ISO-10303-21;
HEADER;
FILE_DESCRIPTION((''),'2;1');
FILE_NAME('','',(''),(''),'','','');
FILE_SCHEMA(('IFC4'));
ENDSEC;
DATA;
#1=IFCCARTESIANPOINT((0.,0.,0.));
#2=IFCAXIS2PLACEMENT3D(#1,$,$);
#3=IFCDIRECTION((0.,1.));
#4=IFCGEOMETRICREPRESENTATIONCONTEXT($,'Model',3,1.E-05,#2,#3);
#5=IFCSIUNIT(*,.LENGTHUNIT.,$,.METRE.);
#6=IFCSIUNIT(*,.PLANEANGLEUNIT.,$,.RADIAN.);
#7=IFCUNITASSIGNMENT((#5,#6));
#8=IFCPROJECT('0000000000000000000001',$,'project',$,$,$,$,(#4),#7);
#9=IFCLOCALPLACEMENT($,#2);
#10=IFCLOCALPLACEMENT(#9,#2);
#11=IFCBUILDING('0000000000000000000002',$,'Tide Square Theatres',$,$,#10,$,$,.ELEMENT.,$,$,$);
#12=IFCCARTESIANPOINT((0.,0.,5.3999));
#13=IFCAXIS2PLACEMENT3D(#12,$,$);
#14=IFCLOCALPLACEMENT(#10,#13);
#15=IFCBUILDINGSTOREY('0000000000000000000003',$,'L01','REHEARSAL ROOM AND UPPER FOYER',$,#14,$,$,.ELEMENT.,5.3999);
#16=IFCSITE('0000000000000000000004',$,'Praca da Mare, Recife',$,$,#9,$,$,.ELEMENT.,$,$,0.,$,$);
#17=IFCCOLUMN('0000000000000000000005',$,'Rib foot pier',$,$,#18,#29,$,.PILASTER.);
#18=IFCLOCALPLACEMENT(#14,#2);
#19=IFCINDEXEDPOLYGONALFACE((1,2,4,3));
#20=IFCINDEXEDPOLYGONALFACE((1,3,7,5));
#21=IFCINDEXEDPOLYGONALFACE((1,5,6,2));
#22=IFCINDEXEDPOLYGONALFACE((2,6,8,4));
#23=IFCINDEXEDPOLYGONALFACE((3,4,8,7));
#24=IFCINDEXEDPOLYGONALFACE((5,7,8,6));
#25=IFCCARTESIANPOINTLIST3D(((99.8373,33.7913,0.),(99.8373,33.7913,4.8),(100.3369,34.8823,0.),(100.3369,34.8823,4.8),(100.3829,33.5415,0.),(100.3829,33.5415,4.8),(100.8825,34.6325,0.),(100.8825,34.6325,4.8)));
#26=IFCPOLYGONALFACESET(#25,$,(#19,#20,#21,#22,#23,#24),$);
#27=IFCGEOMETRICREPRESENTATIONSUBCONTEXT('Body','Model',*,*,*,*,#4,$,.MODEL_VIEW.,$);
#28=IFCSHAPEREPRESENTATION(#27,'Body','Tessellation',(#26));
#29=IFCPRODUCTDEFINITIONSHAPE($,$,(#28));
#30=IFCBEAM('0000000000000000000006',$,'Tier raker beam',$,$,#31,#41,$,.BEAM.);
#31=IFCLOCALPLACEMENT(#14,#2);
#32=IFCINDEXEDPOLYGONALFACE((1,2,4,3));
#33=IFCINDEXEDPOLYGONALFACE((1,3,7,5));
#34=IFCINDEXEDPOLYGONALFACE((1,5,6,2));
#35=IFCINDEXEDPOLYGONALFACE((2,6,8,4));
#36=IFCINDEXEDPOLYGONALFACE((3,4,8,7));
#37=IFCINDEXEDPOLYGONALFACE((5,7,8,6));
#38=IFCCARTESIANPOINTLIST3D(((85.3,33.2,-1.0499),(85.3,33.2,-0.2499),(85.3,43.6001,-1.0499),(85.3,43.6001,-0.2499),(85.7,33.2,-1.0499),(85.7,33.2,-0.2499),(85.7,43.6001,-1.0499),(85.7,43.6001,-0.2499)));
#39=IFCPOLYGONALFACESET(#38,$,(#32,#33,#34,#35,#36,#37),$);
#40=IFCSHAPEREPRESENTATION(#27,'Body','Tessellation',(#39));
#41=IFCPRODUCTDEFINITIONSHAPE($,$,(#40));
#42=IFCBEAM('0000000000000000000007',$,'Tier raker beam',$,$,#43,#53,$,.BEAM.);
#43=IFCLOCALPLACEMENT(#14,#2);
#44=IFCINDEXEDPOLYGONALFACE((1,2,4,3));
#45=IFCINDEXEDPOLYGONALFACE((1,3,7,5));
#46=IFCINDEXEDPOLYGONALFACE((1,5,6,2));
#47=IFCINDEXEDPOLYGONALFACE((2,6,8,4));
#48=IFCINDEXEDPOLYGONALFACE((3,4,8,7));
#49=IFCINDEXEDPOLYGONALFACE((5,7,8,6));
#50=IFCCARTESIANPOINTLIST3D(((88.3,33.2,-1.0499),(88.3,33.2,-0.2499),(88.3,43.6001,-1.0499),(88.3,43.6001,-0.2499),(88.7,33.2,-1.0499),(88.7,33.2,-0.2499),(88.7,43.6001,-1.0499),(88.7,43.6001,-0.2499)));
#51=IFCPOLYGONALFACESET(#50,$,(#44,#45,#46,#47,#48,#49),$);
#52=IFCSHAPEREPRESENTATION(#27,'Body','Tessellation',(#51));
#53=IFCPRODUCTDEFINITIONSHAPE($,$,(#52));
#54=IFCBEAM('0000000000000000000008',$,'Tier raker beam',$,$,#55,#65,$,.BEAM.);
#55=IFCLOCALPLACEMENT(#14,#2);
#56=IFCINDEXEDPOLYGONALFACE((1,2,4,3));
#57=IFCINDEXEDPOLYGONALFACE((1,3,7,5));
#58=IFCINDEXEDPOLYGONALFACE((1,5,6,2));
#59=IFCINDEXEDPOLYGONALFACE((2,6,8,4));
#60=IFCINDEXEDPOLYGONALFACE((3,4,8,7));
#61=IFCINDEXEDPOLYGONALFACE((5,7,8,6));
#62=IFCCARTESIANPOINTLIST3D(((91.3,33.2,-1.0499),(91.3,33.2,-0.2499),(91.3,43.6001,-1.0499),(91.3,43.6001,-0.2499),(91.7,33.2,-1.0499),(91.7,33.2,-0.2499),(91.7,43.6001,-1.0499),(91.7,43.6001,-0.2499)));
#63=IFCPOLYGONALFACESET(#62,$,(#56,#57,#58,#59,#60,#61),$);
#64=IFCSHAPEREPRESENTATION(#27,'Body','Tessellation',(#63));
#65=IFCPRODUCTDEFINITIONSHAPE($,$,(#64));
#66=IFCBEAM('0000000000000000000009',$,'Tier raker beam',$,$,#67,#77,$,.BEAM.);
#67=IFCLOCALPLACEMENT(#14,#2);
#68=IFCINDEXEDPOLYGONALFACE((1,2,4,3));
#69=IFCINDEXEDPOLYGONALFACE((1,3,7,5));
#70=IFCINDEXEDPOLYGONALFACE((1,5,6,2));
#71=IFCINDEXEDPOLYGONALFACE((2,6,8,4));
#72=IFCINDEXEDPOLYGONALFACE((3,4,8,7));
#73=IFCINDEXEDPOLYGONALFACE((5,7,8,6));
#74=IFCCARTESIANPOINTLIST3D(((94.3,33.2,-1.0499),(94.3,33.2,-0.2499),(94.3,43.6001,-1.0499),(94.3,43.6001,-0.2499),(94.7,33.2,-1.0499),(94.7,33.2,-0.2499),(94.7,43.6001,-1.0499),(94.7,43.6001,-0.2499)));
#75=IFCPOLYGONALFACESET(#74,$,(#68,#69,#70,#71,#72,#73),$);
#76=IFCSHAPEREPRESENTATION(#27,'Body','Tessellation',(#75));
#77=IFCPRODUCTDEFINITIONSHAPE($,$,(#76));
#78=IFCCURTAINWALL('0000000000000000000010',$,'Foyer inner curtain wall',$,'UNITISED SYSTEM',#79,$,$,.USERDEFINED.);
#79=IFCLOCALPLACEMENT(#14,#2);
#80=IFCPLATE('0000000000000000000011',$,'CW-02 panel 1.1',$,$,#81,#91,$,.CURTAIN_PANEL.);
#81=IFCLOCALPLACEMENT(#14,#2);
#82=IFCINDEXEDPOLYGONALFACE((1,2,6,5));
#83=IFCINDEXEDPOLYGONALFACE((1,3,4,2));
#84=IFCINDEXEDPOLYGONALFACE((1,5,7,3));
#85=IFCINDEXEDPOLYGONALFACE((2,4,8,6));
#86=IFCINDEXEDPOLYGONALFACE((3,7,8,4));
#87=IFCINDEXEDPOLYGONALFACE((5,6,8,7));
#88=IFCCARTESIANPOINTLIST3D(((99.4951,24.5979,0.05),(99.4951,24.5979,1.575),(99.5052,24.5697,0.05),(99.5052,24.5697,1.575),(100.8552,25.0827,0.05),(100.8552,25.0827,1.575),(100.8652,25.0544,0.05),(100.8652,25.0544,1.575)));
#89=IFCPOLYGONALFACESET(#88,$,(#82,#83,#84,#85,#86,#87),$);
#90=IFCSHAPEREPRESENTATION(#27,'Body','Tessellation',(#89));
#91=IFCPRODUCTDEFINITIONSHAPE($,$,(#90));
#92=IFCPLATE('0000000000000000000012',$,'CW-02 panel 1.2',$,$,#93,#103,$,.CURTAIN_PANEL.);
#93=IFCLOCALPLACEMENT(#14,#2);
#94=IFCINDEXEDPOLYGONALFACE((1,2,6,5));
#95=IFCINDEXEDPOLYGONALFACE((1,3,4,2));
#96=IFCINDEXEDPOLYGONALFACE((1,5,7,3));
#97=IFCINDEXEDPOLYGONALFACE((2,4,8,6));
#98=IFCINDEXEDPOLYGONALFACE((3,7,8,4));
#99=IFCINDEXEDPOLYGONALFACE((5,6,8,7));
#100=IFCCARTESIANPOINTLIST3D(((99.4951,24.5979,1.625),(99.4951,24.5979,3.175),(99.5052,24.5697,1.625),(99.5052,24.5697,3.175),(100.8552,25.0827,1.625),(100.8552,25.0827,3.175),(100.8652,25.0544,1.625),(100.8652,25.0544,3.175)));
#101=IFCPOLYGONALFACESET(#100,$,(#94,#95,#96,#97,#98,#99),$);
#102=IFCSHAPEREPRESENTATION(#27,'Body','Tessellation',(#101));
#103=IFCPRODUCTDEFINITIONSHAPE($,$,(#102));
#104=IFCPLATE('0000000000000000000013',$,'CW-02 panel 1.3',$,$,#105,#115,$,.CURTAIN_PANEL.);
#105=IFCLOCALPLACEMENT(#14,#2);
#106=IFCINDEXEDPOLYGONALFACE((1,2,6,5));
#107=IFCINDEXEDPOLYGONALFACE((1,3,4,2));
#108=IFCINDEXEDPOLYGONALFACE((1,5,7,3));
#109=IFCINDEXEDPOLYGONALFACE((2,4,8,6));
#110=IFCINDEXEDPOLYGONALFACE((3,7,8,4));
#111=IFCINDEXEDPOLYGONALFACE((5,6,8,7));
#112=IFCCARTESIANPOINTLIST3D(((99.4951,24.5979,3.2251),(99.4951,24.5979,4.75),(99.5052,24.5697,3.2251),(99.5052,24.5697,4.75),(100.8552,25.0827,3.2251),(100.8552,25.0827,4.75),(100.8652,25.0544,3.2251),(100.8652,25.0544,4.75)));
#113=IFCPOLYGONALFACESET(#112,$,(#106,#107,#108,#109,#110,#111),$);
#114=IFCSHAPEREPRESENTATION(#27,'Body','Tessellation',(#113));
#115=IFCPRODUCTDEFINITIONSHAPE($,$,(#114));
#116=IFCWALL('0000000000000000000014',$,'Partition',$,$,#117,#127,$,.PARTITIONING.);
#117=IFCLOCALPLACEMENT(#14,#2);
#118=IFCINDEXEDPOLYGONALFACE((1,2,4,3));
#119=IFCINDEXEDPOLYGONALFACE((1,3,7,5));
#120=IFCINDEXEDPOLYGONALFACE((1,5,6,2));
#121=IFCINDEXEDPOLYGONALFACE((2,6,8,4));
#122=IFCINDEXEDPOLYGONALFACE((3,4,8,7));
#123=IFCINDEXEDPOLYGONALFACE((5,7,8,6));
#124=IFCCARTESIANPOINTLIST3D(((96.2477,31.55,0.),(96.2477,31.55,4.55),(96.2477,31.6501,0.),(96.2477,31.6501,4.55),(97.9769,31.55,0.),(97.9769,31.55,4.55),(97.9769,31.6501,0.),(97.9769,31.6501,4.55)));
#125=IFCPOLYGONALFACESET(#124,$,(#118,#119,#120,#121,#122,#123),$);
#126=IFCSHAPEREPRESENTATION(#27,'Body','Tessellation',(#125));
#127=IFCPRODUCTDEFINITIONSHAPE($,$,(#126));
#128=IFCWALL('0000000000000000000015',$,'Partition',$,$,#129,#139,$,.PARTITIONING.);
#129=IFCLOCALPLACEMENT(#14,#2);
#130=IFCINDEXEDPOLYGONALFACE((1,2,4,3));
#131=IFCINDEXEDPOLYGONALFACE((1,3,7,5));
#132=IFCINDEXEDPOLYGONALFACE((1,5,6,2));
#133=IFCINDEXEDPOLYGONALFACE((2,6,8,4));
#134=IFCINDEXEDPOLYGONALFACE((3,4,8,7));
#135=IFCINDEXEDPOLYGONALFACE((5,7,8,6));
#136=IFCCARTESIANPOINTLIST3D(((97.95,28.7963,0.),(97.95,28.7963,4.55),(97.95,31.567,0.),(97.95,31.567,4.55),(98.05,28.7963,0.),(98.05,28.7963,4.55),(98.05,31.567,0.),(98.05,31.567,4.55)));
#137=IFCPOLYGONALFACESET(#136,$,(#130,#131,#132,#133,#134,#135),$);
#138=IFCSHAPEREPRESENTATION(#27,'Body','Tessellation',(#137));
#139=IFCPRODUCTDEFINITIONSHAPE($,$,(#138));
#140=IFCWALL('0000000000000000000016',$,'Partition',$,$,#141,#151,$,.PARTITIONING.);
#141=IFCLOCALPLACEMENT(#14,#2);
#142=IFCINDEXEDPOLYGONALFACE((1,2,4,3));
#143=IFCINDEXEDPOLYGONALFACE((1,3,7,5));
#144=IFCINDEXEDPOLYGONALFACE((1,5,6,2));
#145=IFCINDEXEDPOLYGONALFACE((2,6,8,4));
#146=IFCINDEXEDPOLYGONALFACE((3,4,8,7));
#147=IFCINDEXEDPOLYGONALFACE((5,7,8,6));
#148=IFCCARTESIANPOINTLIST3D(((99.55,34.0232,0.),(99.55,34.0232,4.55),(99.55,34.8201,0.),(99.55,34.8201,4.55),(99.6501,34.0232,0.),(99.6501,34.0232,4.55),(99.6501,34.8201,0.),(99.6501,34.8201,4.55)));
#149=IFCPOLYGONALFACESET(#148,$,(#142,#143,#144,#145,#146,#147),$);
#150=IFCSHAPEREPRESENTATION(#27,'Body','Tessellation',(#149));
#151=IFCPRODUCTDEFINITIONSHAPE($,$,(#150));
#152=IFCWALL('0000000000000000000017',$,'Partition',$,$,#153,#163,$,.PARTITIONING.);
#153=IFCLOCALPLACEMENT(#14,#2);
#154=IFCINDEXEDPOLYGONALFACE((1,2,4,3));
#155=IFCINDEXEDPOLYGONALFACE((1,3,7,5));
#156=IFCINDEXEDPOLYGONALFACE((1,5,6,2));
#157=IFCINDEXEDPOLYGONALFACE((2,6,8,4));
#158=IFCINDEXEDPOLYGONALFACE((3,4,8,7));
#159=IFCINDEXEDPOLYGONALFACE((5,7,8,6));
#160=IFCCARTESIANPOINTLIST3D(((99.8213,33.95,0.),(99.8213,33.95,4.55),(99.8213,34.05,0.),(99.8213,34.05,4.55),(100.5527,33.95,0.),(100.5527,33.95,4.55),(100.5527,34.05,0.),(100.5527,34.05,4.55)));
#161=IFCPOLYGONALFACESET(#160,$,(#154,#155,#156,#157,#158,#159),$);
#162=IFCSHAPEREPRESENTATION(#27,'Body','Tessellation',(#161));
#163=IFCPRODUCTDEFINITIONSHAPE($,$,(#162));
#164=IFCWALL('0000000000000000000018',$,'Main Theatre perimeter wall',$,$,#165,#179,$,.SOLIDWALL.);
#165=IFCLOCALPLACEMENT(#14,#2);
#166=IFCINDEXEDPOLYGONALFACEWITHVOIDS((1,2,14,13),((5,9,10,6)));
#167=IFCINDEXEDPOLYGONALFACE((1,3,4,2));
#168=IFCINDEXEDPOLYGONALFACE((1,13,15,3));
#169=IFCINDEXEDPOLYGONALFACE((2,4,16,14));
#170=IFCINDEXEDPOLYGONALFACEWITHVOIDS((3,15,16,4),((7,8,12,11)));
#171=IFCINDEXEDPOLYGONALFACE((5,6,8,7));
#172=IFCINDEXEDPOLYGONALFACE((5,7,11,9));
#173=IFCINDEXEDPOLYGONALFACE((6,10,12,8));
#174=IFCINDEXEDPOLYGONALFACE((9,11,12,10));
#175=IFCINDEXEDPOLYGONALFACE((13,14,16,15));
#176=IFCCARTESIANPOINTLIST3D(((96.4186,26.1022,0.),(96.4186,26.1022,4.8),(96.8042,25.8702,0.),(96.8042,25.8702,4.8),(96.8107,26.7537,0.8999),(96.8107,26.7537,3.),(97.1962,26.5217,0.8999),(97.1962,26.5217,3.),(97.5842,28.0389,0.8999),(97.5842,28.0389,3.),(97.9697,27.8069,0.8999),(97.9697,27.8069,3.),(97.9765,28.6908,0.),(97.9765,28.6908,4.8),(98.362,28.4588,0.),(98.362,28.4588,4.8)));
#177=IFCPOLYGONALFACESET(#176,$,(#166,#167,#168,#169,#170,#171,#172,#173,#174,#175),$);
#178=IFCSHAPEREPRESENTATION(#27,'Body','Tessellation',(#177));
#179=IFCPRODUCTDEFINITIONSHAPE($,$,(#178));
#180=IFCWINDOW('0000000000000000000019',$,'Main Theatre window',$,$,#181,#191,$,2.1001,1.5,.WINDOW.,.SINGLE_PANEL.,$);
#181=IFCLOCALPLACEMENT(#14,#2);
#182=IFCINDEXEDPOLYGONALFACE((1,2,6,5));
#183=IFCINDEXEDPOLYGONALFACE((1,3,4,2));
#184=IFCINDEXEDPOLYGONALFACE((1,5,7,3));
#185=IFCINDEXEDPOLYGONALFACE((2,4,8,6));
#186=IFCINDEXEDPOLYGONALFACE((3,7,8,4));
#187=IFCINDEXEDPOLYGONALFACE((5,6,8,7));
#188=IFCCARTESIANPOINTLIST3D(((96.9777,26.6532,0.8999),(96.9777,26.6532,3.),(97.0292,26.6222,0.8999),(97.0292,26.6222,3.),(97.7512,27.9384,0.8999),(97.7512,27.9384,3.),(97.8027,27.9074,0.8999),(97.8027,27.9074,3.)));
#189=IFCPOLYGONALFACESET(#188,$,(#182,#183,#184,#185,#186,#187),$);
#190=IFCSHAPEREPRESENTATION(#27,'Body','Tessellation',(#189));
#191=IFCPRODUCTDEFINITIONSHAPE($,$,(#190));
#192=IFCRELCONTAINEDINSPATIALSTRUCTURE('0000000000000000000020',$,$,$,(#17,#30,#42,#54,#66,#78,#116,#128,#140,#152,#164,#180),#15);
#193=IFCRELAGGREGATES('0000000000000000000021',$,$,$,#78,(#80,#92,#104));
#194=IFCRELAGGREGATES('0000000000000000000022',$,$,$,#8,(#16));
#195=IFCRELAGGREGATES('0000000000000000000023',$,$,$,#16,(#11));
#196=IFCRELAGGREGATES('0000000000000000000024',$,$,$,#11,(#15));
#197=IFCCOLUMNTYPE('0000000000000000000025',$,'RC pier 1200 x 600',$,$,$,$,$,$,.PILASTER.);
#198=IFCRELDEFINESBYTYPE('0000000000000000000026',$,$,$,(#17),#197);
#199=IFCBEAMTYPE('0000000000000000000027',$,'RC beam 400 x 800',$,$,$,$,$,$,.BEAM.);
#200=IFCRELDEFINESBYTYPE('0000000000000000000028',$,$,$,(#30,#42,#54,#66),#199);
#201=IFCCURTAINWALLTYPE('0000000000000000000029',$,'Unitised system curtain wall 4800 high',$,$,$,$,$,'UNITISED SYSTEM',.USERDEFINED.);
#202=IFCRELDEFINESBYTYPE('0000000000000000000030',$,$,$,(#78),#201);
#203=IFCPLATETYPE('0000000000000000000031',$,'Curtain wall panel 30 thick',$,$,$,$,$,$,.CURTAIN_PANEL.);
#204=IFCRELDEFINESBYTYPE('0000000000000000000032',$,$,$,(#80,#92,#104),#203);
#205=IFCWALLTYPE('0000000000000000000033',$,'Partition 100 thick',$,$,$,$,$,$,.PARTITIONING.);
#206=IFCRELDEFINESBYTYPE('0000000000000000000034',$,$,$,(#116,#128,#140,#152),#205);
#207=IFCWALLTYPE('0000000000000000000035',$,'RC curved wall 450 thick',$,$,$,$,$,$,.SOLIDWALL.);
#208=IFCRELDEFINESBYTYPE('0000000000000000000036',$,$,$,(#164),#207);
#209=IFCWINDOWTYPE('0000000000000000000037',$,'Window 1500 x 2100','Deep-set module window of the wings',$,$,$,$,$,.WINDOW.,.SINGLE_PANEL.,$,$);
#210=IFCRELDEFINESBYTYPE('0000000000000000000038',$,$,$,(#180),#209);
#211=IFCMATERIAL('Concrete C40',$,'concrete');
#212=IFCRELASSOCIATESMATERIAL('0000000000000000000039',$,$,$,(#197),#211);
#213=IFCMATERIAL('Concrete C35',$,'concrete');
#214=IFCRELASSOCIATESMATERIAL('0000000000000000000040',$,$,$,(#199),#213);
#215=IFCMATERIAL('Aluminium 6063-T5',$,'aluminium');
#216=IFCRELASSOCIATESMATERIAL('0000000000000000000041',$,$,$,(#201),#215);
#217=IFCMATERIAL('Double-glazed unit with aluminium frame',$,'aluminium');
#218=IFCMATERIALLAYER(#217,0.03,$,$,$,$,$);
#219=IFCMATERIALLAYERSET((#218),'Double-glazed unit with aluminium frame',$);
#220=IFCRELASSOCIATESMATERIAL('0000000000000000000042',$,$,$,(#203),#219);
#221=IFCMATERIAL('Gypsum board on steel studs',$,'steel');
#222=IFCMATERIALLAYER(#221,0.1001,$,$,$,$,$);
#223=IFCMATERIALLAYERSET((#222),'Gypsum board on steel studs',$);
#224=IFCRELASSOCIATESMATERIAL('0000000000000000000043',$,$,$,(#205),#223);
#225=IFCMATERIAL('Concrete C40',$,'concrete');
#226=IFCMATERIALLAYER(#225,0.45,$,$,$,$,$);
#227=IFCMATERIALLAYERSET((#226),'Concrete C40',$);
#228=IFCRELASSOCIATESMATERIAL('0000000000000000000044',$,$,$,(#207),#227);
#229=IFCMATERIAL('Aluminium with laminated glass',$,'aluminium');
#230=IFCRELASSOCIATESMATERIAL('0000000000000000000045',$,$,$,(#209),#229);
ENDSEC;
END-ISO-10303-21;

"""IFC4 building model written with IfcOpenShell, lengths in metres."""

from ifc_helpers import new_model, si_unit, direction, frame, frame_2d, origin, origin_2d, place, context, subcontext, project, spatial, rectangle, extrude, material, layer, layer_set, material_profile, profile_set, type_object, element, fill, aggregate, save


model = new_model("IFC4")

# Units and contexts
model_context = context("Model", 3, precision=1e-05, world=origin(), true_north=direction((0.0, 1.0)))
body_context = subcontext(model_context, "Body", "Model", "MODEL_VIEW")
ifc_project = project(units=[si_unit("LENGTHUNIT", "METRE"), si_unit("PLANEANGLEUNIT", "RADIAN")], contexts=[model_context])

# Site, building, storey
site_placement = place(None, origin())
site = spatial("IfcSite", under=ifc_project, at=site_placement, Name="Praca da Mare, Recife", CompositionType="ELEMENT", RefElevation=0.0)
building_placement = place(site_placement, origin())
building = spatial("IfcBuilding", under=site, at=building_placement, Name="Tide Square Theatres", CompositionType="ELEMENT")
storey_placement = place(building_placement, frame((0.0, 0.0, 5.3999)))
storey = spatial("IfcBuildingStorey", under=building, at=storey_placement, Name="L01", Description="REHEARSAL ROOM AND UPPER FOYER", CompositionType="ELEMENT", Elevation=5.3999)

# Column
ifc_material_1 = material(Name="Concrete C40", Category="concrete")
ifc_material_profile_1 = material_profile(ifc_material_1, rectangle(XDim=1.2, YDim=0.6001, at=origin_2d()))
ifc_profile_set_1 = profile_set([ifc_material_profile_1], Name="Concrete C40")
column_type = type_object("IfcColumnType", Name="RC pier 1200 x 600", PredefinedType="PILASTER", material=ifc_profile_set_1)
column_placement = place(storey_placement, frame((100.3599, 34.2119, 0.0), z_axis=(0.0, 0.0, 1.0), x_axis=(0.416344, 0.909207, 0.0)))
element("IfcColumn", 1, at=column_placement, inside=storey, type_object=column_type, Name="Rib foot pier", PredefinedType="PILASTER", context=body_context, shape_type="SweptSolid", body=[
    extrude(rectangle(XDim=1.2, YDim=0.6001, at=origin_2d()), origin(), (0.0, 0.0, 1.0), 4.8),
])

# Beams
ifc_material_2 = material(Name="Concrete C35", Category="concrete")
ifc_material_profile_2 = material_profile(ifc_material_2, rectangle(XDim=0.3999, YDim=0.8, at=origin_2d()))
ifc_profile_set_2 = profile_set([ifc_material_profile_2], Name="Concrete C35")
beam_type = type_object("IfcBeamType", Name="RC beam 400 x 800", PredefinedType="BEAM", material=ifc_profile_set_2)
for number, where, z_axis, x_axis, name in (
    (2, (85.5, 33.2, -0.6499), (0.0, 1.0, 0.0), (-1.0, 0.0, 0.0), "Tier raker beam"),
    (3, (88.5, 33.2, -0.6499), (0.0, 1.0, 0.0), (-1.0, 0.0, 0.0), "Tier raker beam"),
    (4, (91.5, 33.2, -0.6499), (0.0, 1.0, 0.0), (-1.0, 0.0, 0.0), "Tier raker beam"),
    (5, (94.5, 33.2, -0.6499), (0.0, 1.0, 0.0), (-1.0, 0.0, 0.0), "Tier raker beam"),
):
    element("IfcBeam", number, at=place(storey_placement, frame(where, z_axis=z_axis, x_axis=x_axis)), inside=storey, type_object=beam_type, Name=name, PredefinedType="BEAM", context=body_context, shape_type="SweptSolid", body=[
        extrude(rectangle(XDim=0.3999, YDim=0.8, at=origin_2d()), origin(), (0.0, 0.0, 1.0), 10.4001),
    ])

# Curtain wall, plates
ifc_material_3 = material(Name="Aluminium 6063-T5", Category="aluminium")
curtain_wall_type = type_object("IfcCurtainWallType", Name="Unitised system curtain wall 4800 high", ElementType="UNITISED SYSTEM", PredefinedType="USERDEFINED", material=ifc_material_3)
curtain_wall_placement = place(storey_placement, origin())
curtain_wall = element("IfcCurtainWall", 6, at=curtain_wall_placement, inside=storey, type_object=curtain_wall_type, Name="Foyer inner curtain wall", ObjectType="UNITISED SYSTEM", PredefinedType="USERDEFINED")
ifc_material_4 = material(Name="Double-glazed unit with aluminium frame", Category="aluminium")
ifc_layer_1 = layer(ifc_material_4, 0.03)
ifc_layer_set_1 = layer_set([ifc_layer_1], Name="Double-glazed unit with aluminium frame")
plate_type = type_object("IfcPlateType", Name="Curtain wall panel 30 thick", PredefinedType="CURTAIN_PANEL", material=ifc_layer_set_1)
plate_1_placement = place(storey_placement, frame((100.1802, 24.8262, 0.05), z_axis=(0.0, 0.0, 1.0), x_axis=(-0.941961, -0.335723, 0.0)))
plate_1 = element("IfcPlate", 7, at=plate_1_placement, type_object=plate_type, Name="CW-02 panel 1.1", PredefinedType="CURTAIN_PANEL", context=body_context, shape_type="SweptSolid", body=[
    extrude(rectangle(XDim=1.4438, YDim=0.03, at=origin_2d()), origin(), (0.0, 0.0, 1.0), 1.5249),
])
plate_2_placement = place(storey_placement, frame((100.1802, 24.8262, 1.625), z_axis=(0.0, 0.0, 1.0), x_axis=(-0.941961, -0.335723, 0.0)))
plate_2 = element("IfcPlate", 8, at=plate_2_placement, type_object=plate_type, Name="CW-02 panel 1.2", PredefinedType="CURTAIN_PANEL", context=body_context, shape_type="SweptSolid", body=[
    extrude(rectangle(XDim=1.4438, YDim=0.03, at=origin_2d()), origin(), (0.0, 0.0, 1.0), 1.55),
])
plate_3_placement = place(storey_placement, frame((100.1802, 24.8262, 3.2251), z_axis=(0.0, 0.0, 1.0), x_axis=(-0.941961, -0.335723, 0.0)))
plate_3 = element("IfcPlate", 9, at=plate_3_placement, type_object=plate_type, Name="CW-02 panel 1.3", PredefinedType="CURTAIN_PANEL", context=body_context, shape_type="SweptSolid", body=[
    extrude(rectangle(XDim=1.4438, YDim=0.03, at=origin_2d()), origin(), (0.0, 0.0, 1.0), 1.5249),
])
aggregate(curtain_wall, [plate_1, plate_2, plate_3])

# Walls
ifc_material_5 = material(Name="Gypsum board on steel studs", Category="steel")
ifc_layer_2 = layer(ifc_material_5, 0.1001)
ifc_layer_set_2 = layer_set([ifc_layer_2], Name="Gypsum board on steel studs")
wall_type_1 = type_object("IfcWallType", Name="Partition 100 thick", PredefinedType="PARTITIONING", material=ifc_layer_set_2)
wall_1_placement = place(storey_placement, frame((96.2476, 31.6001, 0.0), z_axis=(0.0, 0.0, 1.0), x_axis=(1.0, 0.0, 0.0)))
element("IfcWall", 10, at=wall_1_placement, inside=storey, type_object=wall_type_1, Name="Partition", PredefinedType="PARTITIONING", context=body_context, shape_type="SweptSolid", body=[
    extrude(rectangle(XDim=1.7292, YDim=0.1001, at=frame_2d((0.8647, 0.0))), origin(), (0.0, 0.0, 1.0), 4.55),
])
wall_2_placement = place(storey_placement, frame((98.0, 31.5669, 0.0), z_axis=(0.0, 0.0, 1.0), x_axis=(0.0, -1.0, 0.0)))
element("IfcWall", 11, at=wall_2_placement, inside=storey, type_object=wall_type_1, Name="Partition", PredefinedType="PARTITIONING", context=body_context, shape_type="SweptSolid", body=[
    extrude(rectangle(XDim=2.7708, YDim=0.1001, at=frame_2d((1.3853, 0.0))), origin(), (0.0, 0.0, 1.0), 4.55),
])
wall_3_placement = place(storey_placement, frame((99.6001, 34.0232, 0.0), z_axis=(0.0, 0.0, 1.0), x_axis=(0.0, 1.0, 0.0)))
element("IfcWall", 12, at=wall_3_placement, inside=storey, type_object=wall_type_1, Name="Partition", PredefinedType="PARTITIONING", context=body_context, shape_type="SweptSolid", body=[
    extrude(rectangle(XDim=0.7969, YDim=0.1001, at=frame_2d((0.3984, 0.0))), origin(), (0.0, 0.0, 1.0), 4.55),
])
wall_4_placement = place(storey_placement, frame((100.5527, 34.0, 0.0), z_axis=(0.0, 0.0, 1.0), x_axis=(-1.0, 0.0, 0.0)))
element("IfcWall", 13, at=wall_4_placement, inside=storey, type_object=wall_type_1, Name="Partition", PredefinedType="PARTITIONING", context=body_context, shape_type="SweptSolid", body=[
    extrude(rectangle(XDim=0.7314, YDim=0.1001, at=frame_2d((0.3657, 0.0))), origin(), (0.0, 0.0, 1.0), 4.55),
])

# Wall, opening, window
ifc_material_6 = material(Name="Concrete C40", Category="concrete")
ifc_layer_3 = layer(ifc_material_6, 0.45)
ifc_layer_set_3 = layer_set([ifc_layer_3], Name="Concrete C40")
wall_type_2 = type_object("IfcWallType", Name="RC curved wall 450 thick", PredefinedType="SOLIDWALL", material=ifc_layer_set_3)
wall_5_placement = place(storey_placement, frame((96.6113, 25.9861, 0.0), z_axis=(0.0, 0.0, 1.0), x_axis=(0.515636, 0.856808, 0.0)))
wall_5 = element("IfcWall", 14, at=wall_5_placement, inside=storey, type_object=wall_type_2, Name="Main Theatre perimeter wall", PredefinedType="SOLIDWALL", context=body_context, shape_type="SweptSolid", body=[
    extrude(rectangle(XDim=3.0212, YDim=0.45, at=frame_2d((1.5107, 0.0))), origin(), (0.0, 0.0, 1.0), 4.8),
])
opening_1_placement = place(wall_5_placement, frame((0.7605, 0.0, 0.8999)))
opening_1 = element("IfcOpeningElement", 15, at=opening_1_placement, cuts=wall_5, PredefinedType="OPENING", context=body_context, shape_type="SweptSolid", body=[
    extrude(rectangle(XDim=1.5, YDim=2.1001, at=frame_2d((0.75, 1.05))), frame((0.0, 0.2349, 0.0), z_axis=(0.0, -1.0, 0.0), x_axis=(1.0, 0.0, 0.0)), (0.0, 0.0, 1.0), 0.47),
])
ifc_material_7 = material(Name="Aluminium with laminated glass", Category="aluminium")
window_type = type_object("IfcWindowType", Name="Window 1500 x 2100", Description="Deep-set module window of the wings", PartitioningType="SINGLE_PANEL", PredefinedType="WINDOW", material=ifc_material_7)
window_1_placement = place(opening_1_placement, origin())
window_1 = element("IfcWindow", 16, at=window_1_placement, inside=storey, type_object=window_type, Name="Main Theatre window", OverallHeight=2.1001, OverallWidth=1.5, PartitioningType="SINGLE_PANEL", PredefinedType="WINDOW", context=body_context, shape_type="SweptSolid", body=[
    extrude(rectangle(XDim=1.5, YDim=2.1001, at=frame_2d((0.75, 1.05))), frame((0.0, 0.03, 0.0), z_axis=(0.0, -1.0, 0.0), x_axis=(1.0, 0.0, 0.0)), (0.0, 0.0, 1.0), 0.0601),
])
fill(opening_1, window_1)

save(model, "model.ifc")
